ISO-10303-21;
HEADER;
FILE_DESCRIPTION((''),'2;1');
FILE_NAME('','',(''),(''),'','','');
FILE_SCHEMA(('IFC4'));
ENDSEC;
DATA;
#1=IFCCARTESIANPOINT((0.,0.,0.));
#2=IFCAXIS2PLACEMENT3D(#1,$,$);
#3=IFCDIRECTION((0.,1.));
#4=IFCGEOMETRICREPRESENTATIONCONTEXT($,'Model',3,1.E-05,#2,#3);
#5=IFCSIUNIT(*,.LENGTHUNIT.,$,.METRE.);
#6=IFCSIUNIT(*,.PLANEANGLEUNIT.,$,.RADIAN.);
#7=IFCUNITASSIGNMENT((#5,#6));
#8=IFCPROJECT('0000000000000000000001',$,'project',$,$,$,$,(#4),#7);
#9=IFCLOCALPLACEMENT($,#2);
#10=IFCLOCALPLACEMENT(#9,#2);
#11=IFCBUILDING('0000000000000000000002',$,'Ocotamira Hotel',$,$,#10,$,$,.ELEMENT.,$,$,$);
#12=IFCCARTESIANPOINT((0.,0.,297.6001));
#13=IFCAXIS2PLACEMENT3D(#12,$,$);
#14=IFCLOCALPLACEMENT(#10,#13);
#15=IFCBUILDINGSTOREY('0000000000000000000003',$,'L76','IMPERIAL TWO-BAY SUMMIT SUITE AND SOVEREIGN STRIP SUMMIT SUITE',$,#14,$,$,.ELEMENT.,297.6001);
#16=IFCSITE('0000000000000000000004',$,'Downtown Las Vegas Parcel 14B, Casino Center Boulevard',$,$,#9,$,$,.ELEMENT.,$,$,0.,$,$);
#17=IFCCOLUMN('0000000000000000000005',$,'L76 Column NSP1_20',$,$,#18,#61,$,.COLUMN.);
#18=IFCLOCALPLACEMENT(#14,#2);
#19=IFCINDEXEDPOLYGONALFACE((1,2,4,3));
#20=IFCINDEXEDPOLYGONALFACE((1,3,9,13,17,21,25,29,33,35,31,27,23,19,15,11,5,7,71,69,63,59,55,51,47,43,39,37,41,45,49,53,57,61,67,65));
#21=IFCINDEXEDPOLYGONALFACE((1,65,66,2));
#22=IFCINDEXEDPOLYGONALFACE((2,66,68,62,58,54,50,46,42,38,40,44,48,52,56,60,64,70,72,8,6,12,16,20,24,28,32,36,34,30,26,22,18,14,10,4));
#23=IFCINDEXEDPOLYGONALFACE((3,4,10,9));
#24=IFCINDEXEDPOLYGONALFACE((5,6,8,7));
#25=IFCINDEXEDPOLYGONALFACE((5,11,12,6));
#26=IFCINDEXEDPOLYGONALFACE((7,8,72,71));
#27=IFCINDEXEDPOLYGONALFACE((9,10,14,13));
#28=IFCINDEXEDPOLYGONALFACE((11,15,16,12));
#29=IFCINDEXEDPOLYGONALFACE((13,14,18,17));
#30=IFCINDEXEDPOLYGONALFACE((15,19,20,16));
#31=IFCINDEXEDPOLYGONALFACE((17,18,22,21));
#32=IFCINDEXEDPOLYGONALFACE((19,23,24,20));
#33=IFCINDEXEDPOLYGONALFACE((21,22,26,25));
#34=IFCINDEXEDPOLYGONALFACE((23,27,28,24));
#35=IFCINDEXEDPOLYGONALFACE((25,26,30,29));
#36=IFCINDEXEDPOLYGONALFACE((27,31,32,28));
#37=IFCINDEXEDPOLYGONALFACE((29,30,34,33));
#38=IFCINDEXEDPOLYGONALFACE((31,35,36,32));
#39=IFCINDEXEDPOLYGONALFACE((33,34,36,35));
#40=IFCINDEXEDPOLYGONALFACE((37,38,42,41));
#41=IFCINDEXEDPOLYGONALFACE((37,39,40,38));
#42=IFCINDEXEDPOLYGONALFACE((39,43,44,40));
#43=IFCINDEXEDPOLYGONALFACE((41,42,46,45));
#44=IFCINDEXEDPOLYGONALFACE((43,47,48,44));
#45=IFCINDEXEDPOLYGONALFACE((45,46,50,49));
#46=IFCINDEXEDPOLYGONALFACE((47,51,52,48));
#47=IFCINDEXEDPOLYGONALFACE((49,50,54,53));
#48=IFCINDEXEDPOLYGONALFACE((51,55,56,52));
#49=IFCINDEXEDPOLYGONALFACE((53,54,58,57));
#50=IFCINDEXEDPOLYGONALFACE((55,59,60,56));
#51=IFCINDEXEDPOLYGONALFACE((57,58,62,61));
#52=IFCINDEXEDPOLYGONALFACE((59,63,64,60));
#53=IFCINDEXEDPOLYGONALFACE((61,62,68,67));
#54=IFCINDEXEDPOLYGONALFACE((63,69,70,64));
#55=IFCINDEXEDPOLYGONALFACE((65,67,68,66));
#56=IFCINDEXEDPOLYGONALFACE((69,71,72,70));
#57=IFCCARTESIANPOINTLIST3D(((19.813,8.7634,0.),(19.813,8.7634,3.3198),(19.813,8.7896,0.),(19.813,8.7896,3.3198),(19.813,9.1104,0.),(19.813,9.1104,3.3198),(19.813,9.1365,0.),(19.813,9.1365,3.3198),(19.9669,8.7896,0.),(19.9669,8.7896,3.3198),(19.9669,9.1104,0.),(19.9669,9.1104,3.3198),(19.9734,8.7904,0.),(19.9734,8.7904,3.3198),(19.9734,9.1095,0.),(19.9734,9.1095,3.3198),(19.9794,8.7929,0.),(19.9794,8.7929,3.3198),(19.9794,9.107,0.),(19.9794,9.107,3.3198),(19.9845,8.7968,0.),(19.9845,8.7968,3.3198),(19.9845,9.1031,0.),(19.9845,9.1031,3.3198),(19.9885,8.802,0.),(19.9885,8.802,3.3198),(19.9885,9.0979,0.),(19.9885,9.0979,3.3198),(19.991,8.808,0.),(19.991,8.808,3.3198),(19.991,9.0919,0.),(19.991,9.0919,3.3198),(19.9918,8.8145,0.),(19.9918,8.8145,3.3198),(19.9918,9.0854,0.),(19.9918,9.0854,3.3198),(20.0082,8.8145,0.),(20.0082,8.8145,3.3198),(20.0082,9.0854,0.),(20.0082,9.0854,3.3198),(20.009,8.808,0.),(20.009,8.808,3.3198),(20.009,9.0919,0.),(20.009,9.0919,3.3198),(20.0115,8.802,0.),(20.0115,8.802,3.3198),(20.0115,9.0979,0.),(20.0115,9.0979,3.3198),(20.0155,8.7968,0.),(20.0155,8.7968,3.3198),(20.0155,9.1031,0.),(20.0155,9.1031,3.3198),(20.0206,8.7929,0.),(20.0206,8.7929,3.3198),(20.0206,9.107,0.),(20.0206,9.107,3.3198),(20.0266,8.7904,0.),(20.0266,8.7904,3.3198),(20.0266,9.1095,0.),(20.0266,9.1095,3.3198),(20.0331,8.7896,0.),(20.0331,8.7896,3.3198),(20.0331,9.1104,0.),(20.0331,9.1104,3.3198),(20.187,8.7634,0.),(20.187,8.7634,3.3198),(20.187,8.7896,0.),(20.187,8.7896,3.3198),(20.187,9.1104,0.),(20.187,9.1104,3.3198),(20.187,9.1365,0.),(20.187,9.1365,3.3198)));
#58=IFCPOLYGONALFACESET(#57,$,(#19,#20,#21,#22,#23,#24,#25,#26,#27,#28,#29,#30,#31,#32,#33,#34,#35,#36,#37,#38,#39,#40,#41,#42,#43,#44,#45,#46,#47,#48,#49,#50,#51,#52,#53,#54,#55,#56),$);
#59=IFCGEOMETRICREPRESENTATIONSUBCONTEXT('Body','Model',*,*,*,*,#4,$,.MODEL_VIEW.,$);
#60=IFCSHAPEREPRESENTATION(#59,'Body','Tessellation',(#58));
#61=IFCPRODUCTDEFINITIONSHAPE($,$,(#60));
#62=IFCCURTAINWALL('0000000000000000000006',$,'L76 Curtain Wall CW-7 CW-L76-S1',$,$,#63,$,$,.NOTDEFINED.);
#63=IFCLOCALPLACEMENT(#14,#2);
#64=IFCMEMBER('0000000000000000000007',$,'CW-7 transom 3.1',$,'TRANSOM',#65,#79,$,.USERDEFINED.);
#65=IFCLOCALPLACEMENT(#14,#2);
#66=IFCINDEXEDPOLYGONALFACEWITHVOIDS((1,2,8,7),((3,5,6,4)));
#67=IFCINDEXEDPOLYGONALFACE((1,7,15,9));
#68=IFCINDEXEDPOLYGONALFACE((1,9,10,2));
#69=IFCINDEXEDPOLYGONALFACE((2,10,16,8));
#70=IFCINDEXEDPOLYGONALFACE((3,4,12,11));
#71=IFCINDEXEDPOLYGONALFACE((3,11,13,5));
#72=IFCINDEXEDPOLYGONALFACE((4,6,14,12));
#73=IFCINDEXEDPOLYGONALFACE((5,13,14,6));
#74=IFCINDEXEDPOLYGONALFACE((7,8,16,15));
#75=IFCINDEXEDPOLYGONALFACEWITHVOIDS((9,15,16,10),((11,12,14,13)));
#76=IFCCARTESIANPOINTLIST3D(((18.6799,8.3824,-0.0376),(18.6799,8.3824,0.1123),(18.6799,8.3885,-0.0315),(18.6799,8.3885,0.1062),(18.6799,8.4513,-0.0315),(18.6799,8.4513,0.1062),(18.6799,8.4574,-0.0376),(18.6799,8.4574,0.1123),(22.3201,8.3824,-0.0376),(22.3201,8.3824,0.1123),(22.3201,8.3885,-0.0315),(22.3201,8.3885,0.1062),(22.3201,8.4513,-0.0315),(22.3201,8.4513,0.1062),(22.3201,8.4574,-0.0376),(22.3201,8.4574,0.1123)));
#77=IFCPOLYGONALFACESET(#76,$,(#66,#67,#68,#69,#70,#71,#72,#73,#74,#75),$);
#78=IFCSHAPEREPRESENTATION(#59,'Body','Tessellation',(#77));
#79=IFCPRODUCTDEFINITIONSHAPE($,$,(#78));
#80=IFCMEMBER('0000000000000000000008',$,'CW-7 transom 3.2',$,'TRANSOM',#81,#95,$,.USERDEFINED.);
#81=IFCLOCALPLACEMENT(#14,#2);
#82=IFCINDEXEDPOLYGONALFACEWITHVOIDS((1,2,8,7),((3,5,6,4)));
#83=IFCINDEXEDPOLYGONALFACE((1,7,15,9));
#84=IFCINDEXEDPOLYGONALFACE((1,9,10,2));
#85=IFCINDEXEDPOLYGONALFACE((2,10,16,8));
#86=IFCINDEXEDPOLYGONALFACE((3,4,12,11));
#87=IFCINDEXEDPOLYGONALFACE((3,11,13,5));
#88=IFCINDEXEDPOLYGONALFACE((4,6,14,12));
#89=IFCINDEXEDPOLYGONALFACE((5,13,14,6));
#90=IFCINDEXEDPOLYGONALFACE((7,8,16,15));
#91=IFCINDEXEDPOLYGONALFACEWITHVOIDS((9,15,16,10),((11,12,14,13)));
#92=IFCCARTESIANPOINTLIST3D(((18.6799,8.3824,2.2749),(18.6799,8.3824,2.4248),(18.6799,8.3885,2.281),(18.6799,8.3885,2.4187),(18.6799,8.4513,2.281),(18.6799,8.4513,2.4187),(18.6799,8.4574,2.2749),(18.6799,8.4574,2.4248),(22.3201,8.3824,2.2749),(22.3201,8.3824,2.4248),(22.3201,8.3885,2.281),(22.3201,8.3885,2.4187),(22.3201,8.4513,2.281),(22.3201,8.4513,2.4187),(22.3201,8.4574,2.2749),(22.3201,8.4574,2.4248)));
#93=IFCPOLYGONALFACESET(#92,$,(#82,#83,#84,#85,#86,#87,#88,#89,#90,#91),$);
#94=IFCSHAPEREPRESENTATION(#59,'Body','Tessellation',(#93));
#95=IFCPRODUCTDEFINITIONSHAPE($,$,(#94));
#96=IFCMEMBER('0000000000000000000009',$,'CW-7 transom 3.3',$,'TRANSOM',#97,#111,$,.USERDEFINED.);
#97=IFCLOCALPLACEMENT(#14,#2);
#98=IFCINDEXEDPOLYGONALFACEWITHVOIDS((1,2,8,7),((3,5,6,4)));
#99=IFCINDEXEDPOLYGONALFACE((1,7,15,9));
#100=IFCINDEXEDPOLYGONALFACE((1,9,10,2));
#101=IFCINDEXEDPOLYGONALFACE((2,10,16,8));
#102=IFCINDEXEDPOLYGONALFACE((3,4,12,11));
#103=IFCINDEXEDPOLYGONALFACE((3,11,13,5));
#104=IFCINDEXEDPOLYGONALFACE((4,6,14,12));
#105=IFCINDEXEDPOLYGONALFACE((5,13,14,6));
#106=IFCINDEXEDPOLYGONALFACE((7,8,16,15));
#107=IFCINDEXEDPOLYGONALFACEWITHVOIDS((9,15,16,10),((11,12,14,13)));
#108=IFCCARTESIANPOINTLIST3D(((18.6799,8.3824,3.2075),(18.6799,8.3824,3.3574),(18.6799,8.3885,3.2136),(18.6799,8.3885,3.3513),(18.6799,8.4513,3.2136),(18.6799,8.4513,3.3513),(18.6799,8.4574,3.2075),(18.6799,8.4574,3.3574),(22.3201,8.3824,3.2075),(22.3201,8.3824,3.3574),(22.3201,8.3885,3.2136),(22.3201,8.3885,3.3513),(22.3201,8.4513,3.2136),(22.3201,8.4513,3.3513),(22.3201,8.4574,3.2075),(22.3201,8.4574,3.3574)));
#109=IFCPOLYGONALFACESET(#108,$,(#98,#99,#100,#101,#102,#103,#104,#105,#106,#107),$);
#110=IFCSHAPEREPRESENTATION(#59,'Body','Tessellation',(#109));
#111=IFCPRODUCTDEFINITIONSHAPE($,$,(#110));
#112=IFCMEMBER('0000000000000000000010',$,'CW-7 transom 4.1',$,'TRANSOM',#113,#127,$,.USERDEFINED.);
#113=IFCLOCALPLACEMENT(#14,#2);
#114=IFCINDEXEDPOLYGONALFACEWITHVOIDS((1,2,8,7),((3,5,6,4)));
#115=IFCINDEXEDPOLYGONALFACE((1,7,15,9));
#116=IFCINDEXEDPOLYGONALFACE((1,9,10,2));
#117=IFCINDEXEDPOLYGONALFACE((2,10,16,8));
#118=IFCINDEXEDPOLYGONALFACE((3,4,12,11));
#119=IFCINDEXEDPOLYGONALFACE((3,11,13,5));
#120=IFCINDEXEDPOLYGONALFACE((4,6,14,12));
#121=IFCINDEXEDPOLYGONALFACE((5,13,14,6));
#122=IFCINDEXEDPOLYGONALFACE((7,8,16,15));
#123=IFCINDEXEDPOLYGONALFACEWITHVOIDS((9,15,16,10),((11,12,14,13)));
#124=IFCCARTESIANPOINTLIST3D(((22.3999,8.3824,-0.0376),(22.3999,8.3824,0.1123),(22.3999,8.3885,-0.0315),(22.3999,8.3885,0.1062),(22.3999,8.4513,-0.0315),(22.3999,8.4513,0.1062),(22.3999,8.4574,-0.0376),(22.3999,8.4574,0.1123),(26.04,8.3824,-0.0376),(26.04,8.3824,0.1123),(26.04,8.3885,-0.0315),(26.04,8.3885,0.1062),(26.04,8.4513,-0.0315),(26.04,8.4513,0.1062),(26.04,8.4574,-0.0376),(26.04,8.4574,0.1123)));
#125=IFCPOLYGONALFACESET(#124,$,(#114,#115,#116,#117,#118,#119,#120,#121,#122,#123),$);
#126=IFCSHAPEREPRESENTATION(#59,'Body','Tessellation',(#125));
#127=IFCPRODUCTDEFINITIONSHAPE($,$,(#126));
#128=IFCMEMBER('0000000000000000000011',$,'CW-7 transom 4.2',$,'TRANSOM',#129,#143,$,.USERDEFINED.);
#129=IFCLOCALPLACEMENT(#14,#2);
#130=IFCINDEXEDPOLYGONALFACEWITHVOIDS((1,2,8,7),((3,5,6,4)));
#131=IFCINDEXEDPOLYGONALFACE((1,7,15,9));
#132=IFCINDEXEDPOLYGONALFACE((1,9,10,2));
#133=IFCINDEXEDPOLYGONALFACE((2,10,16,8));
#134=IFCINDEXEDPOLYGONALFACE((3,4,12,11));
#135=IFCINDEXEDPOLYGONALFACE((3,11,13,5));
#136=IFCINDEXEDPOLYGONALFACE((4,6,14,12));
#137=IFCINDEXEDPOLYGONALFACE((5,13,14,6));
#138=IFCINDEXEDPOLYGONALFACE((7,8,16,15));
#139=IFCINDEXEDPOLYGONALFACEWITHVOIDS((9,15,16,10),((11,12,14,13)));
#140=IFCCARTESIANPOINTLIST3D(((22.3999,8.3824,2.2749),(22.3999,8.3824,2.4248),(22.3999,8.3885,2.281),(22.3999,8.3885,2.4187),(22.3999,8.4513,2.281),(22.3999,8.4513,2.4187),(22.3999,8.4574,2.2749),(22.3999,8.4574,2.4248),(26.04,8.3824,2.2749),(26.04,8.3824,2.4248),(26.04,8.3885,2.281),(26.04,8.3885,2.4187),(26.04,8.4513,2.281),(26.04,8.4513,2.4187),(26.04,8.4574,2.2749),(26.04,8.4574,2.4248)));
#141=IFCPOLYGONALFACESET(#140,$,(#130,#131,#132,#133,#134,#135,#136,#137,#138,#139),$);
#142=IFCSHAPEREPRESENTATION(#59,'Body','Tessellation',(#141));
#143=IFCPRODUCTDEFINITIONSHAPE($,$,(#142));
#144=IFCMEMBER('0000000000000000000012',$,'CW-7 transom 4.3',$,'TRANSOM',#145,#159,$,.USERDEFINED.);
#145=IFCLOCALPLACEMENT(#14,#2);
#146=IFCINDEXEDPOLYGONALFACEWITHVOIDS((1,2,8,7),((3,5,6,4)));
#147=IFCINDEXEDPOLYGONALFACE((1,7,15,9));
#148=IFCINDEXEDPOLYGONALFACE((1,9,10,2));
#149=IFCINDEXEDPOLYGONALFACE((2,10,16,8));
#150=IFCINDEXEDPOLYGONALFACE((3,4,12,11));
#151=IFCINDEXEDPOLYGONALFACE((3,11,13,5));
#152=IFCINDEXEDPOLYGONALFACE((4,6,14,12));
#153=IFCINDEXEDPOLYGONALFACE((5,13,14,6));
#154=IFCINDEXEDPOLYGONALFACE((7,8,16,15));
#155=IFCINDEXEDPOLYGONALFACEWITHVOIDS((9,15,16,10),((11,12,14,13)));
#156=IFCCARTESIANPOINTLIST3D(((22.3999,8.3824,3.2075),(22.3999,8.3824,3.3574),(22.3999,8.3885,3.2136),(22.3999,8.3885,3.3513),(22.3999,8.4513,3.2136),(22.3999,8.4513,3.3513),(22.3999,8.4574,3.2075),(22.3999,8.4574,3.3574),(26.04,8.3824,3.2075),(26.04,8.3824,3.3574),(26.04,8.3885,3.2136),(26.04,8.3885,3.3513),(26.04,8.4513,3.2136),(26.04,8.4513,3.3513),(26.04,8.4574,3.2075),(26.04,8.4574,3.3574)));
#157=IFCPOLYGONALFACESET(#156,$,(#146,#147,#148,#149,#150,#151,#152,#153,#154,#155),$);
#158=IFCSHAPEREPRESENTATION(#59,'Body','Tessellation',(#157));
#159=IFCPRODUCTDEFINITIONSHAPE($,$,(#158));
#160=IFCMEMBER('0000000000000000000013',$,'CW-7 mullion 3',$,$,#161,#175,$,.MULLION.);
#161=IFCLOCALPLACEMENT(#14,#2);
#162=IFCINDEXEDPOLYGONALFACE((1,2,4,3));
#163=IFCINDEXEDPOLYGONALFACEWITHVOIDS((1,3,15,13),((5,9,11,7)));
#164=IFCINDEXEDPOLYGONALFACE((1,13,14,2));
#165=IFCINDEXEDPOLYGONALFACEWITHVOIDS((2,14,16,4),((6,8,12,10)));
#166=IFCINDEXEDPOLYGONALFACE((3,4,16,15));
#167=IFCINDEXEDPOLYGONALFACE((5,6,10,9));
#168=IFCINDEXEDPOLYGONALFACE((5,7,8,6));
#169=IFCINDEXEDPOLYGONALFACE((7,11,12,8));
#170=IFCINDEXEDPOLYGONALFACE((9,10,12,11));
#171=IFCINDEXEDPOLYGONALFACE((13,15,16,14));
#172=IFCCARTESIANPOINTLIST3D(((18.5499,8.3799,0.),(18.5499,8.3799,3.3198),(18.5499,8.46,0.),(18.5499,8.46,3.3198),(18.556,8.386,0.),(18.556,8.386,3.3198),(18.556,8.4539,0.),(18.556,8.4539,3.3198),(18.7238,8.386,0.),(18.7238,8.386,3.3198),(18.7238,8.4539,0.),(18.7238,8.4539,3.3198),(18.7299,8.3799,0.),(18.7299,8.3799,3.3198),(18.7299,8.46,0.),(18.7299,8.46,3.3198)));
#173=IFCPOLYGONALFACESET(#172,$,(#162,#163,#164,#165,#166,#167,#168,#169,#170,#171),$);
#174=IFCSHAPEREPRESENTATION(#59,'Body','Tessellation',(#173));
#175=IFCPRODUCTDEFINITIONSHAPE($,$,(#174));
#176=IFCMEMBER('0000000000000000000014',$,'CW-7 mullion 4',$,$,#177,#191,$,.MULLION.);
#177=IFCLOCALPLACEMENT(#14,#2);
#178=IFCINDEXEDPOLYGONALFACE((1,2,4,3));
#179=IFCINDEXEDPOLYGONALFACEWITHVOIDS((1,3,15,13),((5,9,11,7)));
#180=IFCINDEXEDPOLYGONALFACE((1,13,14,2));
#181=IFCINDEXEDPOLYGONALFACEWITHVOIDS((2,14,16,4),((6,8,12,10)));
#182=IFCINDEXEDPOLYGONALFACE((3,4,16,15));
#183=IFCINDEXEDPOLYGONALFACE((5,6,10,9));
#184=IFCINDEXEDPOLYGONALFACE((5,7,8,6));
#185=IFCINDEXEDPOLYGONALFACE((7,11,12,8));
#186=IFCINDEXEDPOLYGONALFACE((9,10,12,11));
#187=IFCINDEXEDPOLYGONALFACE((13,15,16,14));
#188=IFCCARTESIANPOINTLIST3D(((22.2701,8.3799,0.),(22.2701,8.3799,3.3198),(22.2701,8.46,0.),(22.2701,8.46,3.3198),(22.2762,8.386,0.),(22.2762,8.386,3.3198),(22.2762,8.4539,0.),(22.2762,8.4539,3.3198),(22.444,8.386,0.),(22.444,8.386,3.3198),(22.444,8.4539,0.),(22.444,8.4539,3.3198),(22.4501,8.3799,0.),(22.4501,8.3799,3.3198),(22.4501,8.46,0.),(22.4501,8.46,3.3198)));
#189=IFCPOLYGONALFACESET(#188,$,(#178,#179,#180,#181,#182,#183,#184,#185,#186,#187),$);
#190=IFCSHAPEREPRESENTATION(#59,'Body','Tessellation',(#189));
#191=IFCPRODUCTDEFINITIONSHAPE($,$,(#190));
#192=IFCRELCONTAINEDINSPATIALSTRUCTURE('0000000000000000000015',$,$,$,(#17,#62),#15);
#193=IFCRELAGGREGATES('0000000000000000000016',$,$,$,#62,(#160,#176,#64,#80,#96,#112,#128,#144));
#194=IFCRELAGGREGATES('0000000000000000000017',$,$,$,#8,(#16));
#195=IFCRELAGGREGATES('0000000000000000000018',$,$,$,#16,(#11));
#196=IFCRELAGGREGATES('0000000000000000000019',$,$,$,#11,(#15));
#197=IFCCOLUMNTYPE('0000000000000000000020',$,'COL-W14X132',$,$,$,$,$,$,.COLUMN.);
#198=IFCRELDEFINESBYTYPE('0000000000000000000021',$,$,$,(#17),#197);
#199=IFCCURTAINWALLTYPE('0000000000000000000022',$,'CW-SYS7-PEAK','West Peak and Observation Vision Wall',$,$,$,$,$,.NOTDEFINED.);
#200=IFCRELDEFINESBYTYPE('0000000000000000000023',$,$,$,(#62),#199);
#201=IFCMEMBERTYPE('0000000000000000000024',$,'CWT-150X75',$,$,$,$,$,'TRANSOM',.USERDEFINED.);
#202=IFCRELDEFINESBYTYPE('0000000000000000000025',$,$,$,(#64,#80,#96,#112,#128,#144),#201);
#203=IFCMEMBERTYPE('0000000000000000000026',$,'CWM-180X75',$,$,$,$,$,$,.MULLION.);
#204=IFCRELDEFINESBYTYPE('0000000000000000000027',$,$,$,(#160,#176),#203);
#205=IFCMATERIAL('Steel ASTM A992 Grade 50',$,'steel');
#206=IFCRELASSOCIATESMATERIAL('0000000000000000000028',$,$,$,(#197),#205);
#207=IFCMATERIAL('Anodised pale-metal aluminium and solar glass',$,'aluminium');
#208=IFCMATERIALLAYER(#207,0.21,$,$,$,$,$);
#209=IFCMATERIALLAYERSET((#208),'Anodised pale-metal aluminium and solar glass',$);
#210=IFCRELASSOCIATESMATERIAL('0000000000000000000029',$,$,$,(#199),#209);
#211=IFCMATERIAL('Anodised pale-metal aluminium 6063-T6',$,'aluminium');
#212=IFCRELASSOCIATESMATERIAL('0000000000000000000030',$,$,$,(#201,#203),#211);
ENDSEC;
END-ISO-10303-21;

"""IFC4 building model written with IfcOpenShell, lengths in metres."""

from ifc_helpers import new_model, si_unit, direction, frame, origin, origin_2d, place, context, subcontext, project, spatial, hollow_rectangle, i_section, extrude, source, transform, mapped, material, layer, layer_set, material_profile, profile_set, type_object, element, aggregate, save


model = new_model("IFC4")

# Units and contexts
model_context = context("Model", 3, precision=1e-05, world=origin(), true_north=direction((0.0, 1.0)))
body_context = subcontext(model_context, "Body", "Model", "MODEL_VIEW")
ifc_project = project(units=[si_unit("LENGTHUNIT", "METRE"), si_unit("PLANEANGLEUNIT", "RADIAN")], contexts=[model_context])

# Site, building, storey
site_placement = place(None, origin())
site = spatial("IfcSite", under=ifc_project, at=site_placement, Name="Downtown Las Vegas Parcel 14B, Casino Center Boulevard", CompositionType="ELEMENT", RefElevation=0.0)
building_placement = place(site_placement, origin())
building = spatial("IfcBuilding", under=site, at=building_placement, Name="Ocotamira Hotel", CompositionType="ELEMENT")
storey_placement = place(building_placement, frame((0.0, 0.0, 297.6001)))
storey = spatial("IfcBuildingStorey", under=building, at=storey_placement, Name="L76", Description="IMPERIAL TWO-BAY SUMMIT SUITE AND SOVEREIGN STRIP SUMMIT SUITE", CompositionType="ELEMENT", Elevation=297.6001)

# Column
ifc_material_1 = material(Name="Steel ASTM A992 Grade 50", Category="steel")
ifc_material_profile_1 = material_profile(ifc_material_1, i_section(OverallWidth=0.374, OverallDepth=0.373, WebThickness=0.0164, FlangeThickness=0.0261, FilletRadius=0.0249, at=origin_2d()), Name="W14X132")
ifc_profile_set_1 = profile_set([ifc_material_profile_1], Name="Steel ASTM A992 Grade 50")
column_type = type_object("IfcColumnType", Name="COL-W14X132", PredefinedType="COLUMN", material=ifc_profile_set_1)
shared_shape_1 = source(origin(), body_context, "Body", "SweptSolid", [
    extrude(i_section(OverallWidth=0.374, OverallDepth=0.373, WebThickness=0.0164, FlangeThickness=0.0261, FilletRadius=0.0249, at=origin_2d()), origin(), (0.0, 0.0, 1.0), 3.3198),
])
column_placement = place(storey_placement, frame((20.0, 8.95, 0.0), z_axis=(0.0, 0.0, 1.0), x_axis=(1.0, 0.0, 0.0)))
element("IfcColumn", 1, at=column_placement, inside=storey, type_object=column_type, Name="L76 Column NSP1_20", PredefinedType="COLUMN", context=body_context, shape_type="MappedRepresentation", body=[
    mapped(shared_shape_1, transform((0.0, 0.0, 0.0), scale=1.0)),
])

# Curtain wall, members
ifc_material_2 = material(Name="Anodised pale-metal aluminium and solar glass", Category="aluminium")
ifc_layer_1 = layer(ifc_material_2, 0.21)
ifc_layer_set_1 = layer_set([ifc_layer_1], Name="Anodised pale-metal aluminium and solar glass")
curtain_wall_type = type_object("IfcCurtainWallType", Name="CW-SYS7-PEAK", Description="West Peak and Observation Vision Wall", PredefinedType="NOTDEFINED", material=ifc_layer_set_1)
curtain_wall_placement = place(storey_placement, origin())
curtain_wall = element("IfcCurtainWall", 2, at=curtain_wall_placement, inside=storey, type_object=curtain_wall_type, Name="L76 Curtain Wall CW-7 CW-L76-S1", PredefinedType="NOTDEFINED")
ifc_material_3 = material(Name="Anodised pale-metal aluminium 6063-T6", Category="aluminium")
ifc_material_profile_2 = material_profile(ifc_material_3, hollow_rectangle(XDim=0.075, YDim=0.1499, WallThickness=0.0061, at=origin_2d()), Name="HSS150X75X6")
ifc_profile_set_2 = profile_set([ifc_material_profile_2], Name="Anodised pale-metal aluminium 6063-T6")
member_type_1 = type_object("IfcMemberType", Name="CWT-150X75", ElementType="TRANSOM", PredefinedType="USERDEFINED", material=ifc_profile_set_2)
shared_shape_2 = source(origin(), body_context, "Body", "SweptSolid", [
    extrude(hollow_rectangle(XDim=0.075, YDim=0.1499, WallThickness=0.0061, at=origin_2d()), origin(), (0.0, 0.0, 1.0), 3.6401),
])
member_1_placement = place(storey_placement, frame((18.6799, 8.4199, 0.0374), z_axis=(1.0, 0.0, 0.0), x_axis=(0.0, 1.0, 0.0)))
member_1 = element("IfcMember", 3, at=member_1_placement, type_object=member_type_1, Name="CW-7 transom 3.1", ObjectType="TRANSOM", PredefinedType="USERDEFINED", context=body_context, shape_type="MappedRepresentation", body=[
    mapped(shared_shape_2, transform((0.0, 0.0, 0.0), scale=1.0)),
])
member_2_placement = place(storey_placement, frame((18.6799, 8.4199, 2.3499), z_axis=(1.0, 0.0, 0.0), x_axis=(0.0, 1.0, 0.0)))
member_2 = element("IfcMember", 4, at=member_2_placement, type_object=member_type_1, Name="CW-7 transom 3.2", ObjectType="TRANSOM", PredefinedType="USERDEFINED", context=body_context, shape_type="MappedRepresentation", body=[
    mapped(shared_shape_2, transform((0.0, 0.0, 0.0), scale=1.0)),
])
member_3_placement = place(storey_placement, frame((18.6799, 8.4199, 3.2825), z_axis=(1.0, 0.0, 0.0), x_axis=(0.0, 1.0, 0.0)))
member_3 = element("IfcMember", 5, at=member_3_placement, type_object=member_type_1, Name="CW-7 transom 3.3", ObjectType="TRANSOM", PredefinedType="USERDEFINED", context=body_context, shape_type="MappedRepresentation", body=[
    mapped(shared_shape_2, transform((0.0, 0.0, 0.0), scale=1.0)),
])
member_4_placement = place(storey_placement, frame((22.3999, 8.4199, 0.0374), z_axis=(1.0, 0.0, 0.0), x_axis=(0.0, 1.0, 0.0)))
member_4 = element("IfcMember", 6, at=member_4_placement, type_object=member_type_1, Name="CW-7 transom 4.1", ObjectType="TRANSOM", PredefinedType="USERDEFINED", context=body_context, shape_type="MappedRepresentation", body=[
    mapped(shared_shape_2, transform((0.0, 0.0, 0.0), scale=1.0)),
])
member_5_placement = place(storey_placement, frame((22.3999, 8.4199, 2.3499), z_axis=(1.0, 0.0, 0.0), x_axis=(0.0, 1.0, 0.0)))
member_5 = element("IfcMember", 7, at=member_5_placement, type_object=member_type_1, Name="CW-7 transom 4.2", ObjectType="TRANSOM", PredefinedType="USERDEFINED", context=body_context, shape_type="MappedRepresentation", body=[
    mapped(shared_shape_2, transform((0.0, 0.0, 0.0), scale=1.0)),
])
member_6_placement = place(storey_placement, frame((22.3999, 8.4199, 3.2825), z_axis=(1.0, 0.0, 0.0), x_axis=(0.0, 1.0, 0.0)))
member_6 = element("IfcMember", 8, at=member_6_placement, type_object=member_type_1, Name="CW-7 transom 4.3", ObjectType="TRANSOM", PredefinedType="USERDEFINED", context=body_context, shape_type="MappedRepresentation", body=[
    mapped(shared_shape_2, transform((0.0, 0.0, 0.0), scale=1.0)),
])
ifc_material_profile_3 = material_profile(ifc_material_3, hollow_rectangle(XDim=0.0801, YDim=0.1799, WallThickness=0.0061, at=origin_2d()), Name="HSS180X80X6")
ifc_profile_set_3 = profile_set([ifc_material_profile_3], Name="Anodised pale-metal aluminium 6063-T6")
member_type_2 = type_object("IfcMemberType", Name="CWM-180X75", PredefinedType="MULLION", material=ifc_profile_set_3)
shared_shape_3 = source(origin(), body_context, "Body", "SweptSolid", [
    extrude(hollow_rectangle(XDim=0.0801, YDim=0.1799, WallThickness=0.0061, at=origin_2d()), origin(), (0.0, 0.0, 1.0), 3.3198),
])
member_7_placement = place(storey_placement, frame((18.6399, 8.4199, 0.0), z_axis=(0.0, 0.0, 1.0), x_axis=(0.0, 1.0, 0.0)))
member_7 = element("IfcMember", 9, at=member_7_placement, type_object=member_type_2, Name="CW-7 mullion 3", PredefinedType="MULLION", context=body_context, shape_type="MappedRepresentation", body=[
    mapped(shared_shape_3, transform((0.0, 0.0, 0.0), scale=1.0)),
])
member_8_placement = place(storey_placement, frame((22.3601, 8.4199, 0.0), z_axis=(0.0, 0.0, 1.0), x_axis=(0.0, 1.0, 0.0)))
member_8 = element("IfcMember", 10, at=member_8_placement, type_object=member_type_2, Name="CW-7 mullion 4", PredefinedType="MULLION", context=body_context, shape_type="MappedRepresentation", body=[
    mapped(shared_shape_3, transform((0.0, 0.0, 0.0), scale=1.0)),
])
aggregate(curtain_wall, [member_7, member_8, member_1, member_2, member_3, member_4, member_5, member_6])

save(model, "model.ifc")
